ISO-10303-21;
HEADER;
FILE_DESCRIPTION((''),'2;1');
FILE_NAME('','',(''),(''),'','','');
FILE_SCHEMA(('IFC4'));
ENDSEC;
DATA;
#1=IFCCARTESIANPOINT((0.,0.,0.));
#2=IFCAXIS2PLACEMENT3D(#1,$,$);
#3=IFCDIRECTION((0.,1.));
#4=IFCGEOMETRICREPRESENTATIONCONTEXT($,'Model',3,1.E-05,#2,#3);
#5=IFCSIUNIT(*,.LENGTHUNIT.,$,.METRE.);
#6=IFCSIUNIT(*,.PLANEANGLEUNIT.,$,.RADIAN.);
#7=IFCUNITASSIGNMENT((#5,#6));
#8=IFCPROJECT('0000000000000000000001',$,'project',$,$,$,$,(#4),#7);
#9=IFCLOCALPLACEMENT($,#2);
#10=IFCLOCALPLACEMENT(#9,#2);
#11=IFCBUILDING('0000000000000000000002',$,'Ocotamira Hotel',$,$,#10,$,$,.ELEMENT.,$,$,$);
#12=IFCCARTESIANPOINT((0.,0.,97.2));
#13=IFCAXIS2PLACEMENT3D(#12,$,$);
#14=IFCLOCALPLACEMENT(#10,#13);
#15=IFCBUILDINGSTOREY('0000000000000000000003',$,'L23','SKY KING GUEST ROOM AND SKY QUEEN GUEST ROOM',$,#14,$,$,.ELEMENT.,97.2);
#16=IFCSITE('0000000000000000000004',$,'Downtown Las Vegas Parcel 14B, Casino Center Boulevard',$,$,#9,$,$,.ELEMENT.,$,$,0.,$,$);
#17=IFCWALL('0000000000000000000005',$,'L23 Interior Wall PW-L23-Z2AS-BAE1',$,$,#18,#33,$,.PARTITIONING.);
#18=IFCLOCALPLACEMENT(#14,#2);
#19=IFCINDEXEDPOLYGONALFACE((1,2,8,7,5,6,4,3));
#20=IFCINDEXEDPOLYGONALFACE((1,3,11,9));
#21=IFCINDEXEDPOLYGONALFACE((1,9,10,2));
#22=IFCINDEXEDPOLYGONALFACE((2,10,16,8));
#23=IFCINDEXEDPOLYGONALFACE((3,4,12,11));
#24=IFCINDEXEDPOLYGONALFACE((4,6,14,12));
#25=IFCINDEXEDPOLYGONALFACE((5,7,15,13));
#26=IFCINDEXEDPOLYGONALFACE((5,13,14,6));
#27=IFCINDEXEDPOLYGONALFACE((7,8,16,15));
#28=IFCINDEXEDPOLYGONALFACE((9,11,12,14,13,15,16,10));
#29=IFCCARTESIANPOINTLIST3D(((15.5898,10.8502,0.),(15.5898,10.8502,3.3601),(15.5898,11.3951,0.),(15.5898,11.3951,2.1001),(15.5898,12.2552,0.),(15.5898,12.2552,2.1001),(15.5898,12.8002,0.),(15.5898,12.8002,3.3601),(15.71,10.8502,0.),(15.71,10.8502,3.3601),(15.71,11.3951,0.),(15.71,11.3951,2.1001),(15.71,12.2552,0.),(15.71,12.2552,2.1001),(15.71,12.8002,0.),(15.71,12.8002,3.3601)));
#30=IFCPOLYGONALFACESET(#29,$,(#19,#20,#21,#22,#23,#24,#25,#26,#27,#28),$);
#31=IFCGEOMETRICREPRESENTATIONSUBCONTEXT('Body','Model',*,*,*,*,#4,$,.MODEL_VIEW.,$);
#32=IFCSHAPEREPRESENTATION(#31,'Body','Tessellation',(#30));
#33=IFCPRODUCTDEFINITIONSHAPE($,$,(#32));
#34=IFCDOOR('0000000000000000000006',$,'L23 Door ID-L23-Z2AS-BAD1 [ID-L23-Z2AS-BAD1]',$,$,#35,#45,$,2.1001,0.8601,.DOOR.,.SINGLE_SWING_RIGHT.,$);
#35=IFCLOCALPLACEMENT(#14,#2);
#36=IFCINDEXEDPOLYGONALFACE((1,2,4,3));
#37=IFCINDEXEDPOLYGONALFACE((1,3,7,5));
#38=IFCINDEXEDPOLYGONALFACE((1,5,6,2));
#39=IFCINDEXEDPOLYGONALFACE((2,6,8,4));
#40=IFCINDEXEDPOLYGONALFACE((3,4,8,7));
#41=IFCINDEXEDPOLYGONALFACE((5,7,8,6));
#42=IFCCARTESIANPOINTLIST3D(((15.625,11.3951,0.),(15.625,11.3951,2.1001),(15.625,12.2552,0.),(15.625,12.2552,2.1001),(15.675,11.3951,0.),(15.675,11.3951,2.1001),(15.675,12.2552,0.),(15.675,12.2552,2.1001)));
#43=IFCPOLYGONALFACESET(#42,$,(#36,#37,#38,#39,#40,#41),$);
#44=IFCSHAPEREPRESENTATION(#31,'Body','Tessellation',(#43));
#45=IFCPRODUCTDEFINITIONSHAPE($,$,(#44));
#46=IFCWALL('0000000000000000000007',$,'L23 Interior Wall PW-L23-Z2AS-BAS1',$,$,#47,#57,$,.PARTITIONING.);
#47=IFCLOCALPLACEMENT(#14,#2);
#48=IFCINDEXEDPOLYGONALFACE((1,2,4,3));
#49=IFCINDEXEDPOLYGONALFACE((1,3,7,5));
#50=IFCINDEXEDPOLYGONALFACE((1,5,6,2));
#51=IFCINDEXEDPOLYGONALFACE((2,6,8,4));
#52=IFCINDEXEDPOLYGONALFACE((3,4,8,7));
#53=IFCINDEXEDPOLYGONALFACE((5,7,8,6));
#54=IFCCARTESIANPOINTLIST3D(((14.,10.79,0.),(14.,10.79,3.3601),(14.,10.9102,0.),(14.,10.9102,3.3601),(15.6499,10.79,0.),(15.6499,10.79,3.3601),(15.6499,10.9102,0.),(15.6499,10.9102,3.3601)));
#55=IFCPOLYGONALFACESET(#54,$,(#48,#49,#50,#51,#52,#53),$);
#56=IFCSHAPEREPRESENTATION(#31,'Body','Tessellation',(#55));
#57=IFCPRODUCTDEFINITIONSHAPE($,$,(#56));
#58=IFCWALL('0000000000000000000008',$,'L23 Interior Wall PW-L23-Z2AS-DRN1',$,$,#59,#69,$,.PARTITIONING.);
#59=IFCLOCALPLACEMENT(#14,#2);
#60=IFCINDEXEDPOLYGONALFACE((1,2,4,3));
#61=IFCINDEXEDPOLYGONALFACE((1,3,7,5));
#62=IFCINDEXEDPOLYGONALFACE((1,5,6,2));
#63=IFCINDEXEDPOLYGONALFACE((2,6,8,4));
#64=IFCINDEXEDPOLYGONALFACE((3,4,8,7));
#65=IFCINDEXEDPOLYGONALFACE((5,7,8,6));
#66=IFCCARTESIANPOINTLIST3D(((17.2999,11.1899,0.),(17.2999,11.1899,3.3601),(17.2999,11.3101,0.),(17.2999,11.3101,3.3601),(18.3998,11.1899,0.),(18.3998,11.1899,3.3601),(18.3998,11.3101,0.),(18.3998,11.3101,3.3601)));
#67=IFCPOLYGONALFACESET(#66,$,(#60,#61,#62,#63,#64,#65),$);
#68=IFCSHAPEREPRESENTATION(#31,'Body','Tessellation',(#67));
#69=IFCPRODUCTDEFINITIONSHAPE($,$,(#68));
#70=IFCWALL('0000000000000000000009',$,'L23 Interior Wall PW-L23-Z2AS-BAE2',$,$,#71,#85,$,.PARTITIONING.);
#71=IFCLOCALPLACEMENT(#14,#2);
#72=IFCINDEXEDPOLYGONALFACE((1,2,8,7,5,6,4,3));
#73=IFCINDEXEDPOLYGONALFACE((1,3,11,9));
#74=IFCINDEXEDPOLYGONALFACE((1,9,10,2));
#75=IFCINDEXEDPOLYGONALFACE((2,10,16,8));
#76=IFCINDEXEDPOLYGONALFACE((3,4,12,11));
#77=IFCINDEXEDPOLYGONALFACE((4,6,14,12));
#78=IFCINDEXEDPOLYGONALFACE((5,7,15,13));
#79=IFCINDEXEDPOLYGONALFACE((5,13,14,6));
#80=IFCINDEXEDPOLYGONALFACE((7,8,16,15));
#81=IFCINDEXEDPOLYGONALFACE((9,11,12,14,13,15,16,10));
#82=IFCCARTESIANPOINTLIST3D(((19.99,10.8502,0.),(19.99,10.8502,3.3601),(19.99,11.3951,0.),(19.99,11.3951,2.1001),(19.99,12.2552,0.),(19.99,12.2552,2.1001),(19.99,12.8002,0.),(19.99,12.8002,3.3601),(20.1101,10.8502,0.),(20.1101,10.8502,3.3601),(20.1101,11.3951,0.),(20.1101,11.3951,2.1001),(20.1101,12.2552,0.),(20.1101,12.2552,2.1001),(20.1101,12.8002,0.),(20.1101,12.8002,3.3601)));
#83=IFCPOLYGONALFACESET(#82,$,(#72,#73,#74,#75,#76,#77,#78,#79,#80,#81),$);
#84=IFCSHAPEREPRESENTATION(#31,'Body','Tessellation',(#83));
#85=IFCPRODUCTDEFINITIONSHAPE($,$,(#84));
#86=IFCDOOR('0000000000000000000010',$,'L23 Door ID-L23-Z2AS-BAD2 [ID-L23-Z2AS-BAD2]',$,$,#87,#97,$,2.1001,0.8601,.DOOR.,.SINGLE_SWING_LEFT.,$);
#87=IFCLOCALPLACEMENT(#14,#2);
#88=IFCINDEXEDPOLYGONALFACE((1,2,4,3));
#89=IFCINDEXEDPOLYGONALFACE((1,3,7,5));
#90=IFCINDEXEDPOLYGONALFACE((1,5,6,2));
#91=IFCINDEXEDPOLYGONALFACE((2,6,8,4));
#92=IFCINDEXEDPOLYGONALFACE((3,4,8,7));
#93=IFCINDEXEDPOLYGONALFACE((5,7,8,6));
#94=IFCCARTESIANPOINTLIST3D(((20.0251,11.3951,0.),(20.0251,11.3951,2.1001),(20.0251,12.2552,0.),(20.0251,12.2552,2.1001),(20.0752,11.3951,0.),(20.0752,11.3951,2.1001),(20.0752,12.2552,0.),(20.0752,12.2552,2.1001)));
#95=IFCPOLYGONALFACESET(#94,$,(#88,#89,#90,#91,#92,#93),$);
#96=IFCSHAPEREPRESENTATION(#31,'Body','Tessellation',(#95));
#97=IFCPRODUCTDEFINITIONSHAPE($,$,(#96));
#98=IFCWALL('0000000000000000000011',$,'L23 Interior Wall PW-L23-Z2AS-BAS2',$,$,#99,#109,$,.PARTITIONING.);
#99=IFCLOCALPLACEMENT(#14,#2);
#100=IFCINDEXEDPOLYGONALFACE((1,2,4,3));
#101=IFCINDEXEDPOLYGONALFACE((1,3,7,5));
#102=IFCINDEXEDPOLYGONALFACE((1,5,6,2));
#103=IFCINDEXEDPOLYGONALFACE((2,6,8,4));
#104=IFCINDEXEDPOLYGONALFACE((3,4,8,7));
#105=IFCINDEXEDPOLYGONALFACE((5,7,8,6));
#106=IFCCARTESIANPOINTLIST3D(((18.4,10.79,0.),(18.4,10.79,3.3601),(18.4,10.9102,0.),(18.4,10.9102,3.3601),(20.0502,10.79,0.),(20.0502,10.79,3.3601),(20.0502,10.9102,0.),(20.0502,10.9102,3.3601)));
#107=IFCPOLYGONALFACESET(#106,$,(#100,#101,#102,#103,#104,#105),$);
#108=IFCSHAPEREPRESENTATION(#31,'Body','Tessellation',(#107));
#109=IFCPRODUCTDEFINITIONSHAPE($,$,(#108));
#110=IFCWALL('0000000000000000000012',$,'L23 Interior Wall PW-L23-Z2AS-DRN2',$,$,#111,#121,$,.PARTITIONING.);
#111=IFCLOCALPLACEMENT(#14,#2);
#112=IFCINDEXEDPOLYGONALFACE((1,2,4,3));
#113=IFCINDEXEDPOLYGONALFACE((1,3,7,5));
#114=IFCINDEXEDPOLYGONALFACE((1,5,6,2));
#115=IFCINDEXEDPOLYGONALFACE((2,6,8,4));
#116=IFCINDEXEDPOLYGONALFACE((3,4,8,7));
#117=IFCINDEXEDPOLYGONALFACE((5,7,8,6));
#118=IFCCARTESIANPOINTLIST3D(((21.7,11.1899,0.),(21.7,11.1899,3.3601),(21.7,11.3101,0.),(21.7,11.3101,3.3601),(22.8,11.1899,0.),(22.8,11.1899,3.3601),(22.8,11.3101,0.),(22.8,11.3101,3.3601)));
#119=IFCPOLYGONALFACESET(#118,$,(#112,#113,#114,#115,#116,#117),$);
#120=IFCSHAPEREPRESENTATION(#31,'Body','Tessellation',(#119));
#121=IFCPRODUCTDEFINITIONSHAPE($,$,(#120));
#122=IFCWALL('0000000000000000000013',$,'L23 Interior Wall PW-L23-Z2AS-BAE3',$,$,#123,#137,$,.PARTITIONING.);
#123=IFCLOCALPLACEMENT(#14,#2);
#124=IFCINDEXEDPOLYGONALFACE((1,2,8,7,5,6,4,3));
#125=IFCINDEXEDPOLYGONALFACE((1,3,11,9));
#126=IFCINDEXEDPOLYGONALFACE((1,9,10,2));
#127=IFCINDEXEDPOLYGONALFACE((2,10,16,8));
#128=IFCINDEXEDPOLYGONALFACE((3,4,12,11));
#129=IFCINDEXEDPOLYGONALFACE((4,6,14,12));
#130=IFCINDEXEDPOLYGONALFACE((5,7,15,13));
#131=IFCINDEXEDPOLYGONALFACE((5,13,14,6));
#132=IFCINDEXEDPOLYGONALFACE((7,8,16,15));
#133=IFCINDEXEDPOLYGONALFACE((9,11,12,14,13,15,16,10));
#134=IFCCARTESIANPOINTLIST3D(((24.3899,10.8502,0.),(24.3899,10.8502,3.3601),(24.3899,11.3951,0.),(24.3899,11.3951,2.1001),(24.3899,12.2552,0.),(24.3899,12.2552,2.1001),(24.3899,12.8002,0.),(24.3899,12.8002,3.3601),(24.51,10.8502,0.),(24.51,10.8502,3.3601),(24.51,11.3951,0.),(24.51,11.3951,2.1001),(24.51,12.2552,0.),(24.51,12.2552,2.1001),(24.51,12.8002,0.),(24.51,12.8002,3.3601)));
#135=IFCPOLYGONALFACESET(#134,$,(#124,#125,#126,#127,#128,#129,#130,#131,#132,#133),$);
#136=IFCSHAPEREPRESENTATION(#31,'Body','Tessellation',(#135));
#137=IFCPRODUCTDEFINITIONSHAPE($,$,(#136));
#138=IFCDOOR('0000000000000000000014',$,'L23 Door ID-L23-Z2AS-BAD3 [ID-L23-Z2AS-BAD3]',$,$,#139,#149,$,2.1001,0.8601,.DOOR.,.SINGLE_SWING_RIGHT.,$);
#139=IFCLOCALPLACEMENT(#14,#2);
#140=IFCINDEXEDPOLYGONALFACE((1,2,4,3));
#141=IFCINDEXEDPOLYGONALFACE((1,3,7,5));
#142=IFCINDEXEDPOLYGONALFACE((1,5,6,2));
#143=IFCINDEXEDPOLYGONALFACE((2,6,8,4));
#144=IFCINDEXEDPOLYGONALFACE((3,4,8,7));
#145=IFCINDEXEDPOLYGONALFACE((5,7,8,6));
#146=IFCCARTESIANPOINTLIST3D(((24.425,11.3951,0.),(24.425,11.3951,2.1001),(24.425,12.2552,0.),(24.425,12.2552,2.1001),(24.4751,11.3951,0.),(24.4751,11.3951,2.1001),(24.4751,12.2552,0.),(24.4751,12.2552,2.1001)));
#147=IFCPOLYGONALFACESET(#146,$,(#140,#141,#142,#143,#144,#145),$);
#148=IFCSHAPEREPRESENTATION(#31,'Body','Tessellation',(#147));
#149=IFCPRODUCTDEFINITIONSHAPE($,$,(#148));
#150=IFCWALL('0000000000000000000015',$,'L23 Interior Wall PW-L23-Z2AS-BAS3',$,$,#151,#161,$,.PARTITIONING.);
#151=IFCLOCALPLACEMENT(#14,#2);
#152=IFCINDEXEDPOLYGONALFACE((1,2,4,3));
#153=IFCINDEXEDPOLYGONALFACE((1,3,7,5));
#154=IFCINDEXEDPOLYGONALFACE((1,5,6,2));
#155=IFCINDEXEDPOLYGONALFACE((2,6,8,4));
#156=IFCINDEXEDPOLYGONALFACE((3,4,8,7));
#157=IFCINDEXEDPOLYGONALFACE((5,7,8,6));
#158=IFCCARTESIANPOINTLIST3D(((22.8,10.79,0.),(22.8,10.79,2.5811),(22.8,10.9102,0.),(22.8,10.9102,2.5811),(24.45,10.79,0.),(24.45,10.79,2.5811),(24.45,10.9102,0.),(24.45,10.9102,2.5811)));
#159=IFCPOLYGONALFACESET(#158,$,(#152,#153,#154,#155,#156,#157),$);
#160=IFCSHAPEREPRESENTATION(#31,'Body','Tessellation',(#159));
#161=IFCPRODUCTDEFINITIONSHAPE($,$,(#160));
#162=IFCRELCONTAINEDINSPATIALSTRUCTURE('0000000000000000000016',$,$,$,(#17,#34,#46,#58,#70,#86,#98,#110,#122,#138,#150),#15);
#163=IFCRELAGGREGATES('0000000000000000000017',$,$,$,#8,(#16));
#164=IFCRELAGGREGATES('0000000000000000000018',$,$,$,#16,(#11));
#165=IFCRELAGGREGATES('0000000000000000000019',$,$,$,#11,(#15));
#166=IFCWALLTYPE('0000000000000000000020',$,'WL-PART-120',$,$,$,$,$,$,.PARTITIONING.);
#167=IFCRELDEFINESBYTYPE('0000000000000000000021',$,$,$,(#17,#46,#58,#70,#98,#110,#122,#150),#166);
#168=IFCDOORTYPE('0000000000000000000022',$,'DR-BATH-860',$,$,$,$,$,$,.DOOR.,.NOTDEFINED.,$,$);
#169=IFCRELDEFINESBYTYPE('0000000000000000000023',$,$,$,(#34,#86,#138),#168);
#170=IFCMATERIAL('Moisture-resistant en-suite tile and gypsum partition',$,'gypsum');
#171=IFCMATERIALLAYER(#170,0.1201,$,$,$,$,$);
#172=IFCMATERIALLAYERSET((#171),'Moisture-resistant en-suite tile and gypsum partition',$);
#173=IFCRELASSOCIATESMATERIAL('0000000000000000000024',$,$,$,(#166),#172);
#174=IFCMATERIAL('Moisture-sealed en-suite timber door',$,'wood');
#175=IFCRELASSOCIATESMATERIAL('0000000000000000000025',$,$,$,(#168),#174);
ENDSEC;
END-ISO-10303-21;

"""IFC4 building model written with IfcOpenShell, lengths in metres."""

from ifc_helpers import new_model, si_unit, direction, frame, frame_2d, origin, place, context, subcontext, project, spatial, rectangle, extrude, source, transform, mapped, material, layer, layer_set, type_object, element, fill, save


model = new_model("IFC4")

# Units and contexts
model_context = context("Model", 3, precision=1e-05, world=origin(), true_north=direction((0.0, 1.0)))
body_context = subcontext(model_context, "Body", "Model", "MODEL_VIEW")
ifc_project = project(units=[si_unit("LENGTHUNIT", "METRE"), si_unit("PLANEANGLEUNIT", "RADIAN")], contexts=[model_context])

# Site, building, storey
site_placement = place(None, origin())
site = spatial("IfcSite", under=ifc_project, at=site_placement, Name="Downtown Las Vegas Parcel 14B, Casino Center Boulevard", CompositionType="ELEMENT", RefElevation=0.0)
building_placement = place(site_placement, origin())
building = spatial("IfcBuilding", under=site, at=building_placement, Name="Ocotamira Hotel", CompositionType="ELEMENT")
storey_placement = place(building_placement, frame((0.0, 0.0, 97.2)))
storey = spatial("IfcBuildingStorey", under=building, at=storey_placement, Name="L23", Description="SKY KING GUEST ROOM AND SKY QUEEN GUEST ROOM", CompositionType="ELEMENT", Elevation=97.2)

# Wall, opening, door
ifc_material_1 = material(Name="Moisture-resistant en-suite tile and gypsum partition", Category="gypsum")
ifc_layer_1 = layer(ifc_material_1, 0.1201)
ifc_layer_set_1 = layer_set([ifc_layer_1], Name="Moisture-resistant en-suite tile and gypsum partition")
wall_type_1 = type_object("IfcWallType", Name="WL-PART-120", PredefinedType="PARTITIONING", material=ifc_layer_set_1)
wall_1_placement = place(storey_placement, frame((15.6499, 10.8501, 0.0), z_axis=(0.0, 0.0, 1.0), x_axis=(0.0, 1.0, 0.0)))
wall_1 = element("IfcWall", 1, at=wall_1_placement, inside=storey, type_object=wall_type_1, Name="L23 Interior Wall PW-L23-Z2AS-BAE1", PredefinedType="PARTITIONING", context=body_context, shape_type="SweptSolid", body=[
    extrude(rectangle(XDim=1.95, YDim=0.1201, at=frame_2d((0.9751, 0.0))), origin(), (0.0, 0.0, 1.0), 3.3601),
])
opening_1_placement = place(wall_1_placement, frame((0.5449, 0.0, 0.0)))
opening_1 = element("IfcOpeningElement", 2, at=opening_1_placement, cuts=wall_1, PredefinedType="OPENING", context=body_context, shape_type="SweptSolid", body=[
    extrude(rectangle(XDim=0.8601, YDim=2.1001, at=frame_2d((0.4302, 1.05))), frame((0.0, 0.0701, 0.0), z_axis=(0.0, -1.0, 0.0), x_axis=(1.0, 0.0, 0.0)), (0.0, 0.0, 1.0), 0.1401),
])
ifc_material_2 = material(Name="Moisture-sealed en-suite timber door", Category="wood")
door_type_1 = type_object("IfcDoorType", Name="DR-BATH-860", OperationType="NOTDEFINED", PredefinedType="DOOR", material=ifc_material_2)
shared_shape_1 = source(origin(), body_context, "Body", "SweptSolid", [
    extrude(rectangle(XDim=0.8601, YDim=2.1001, at=frame_2d((0.4302, 1.05))), frame((0.0, 0.0249, 0.0), z_axis=(0.0, -1.0, 0.0), x_axis=(1.0, 0.0, 0.0)), (0.0, 0.0, 1.0), 0.05),
])
door_1_placement = place(opening_1_placement, origin())
door_1 = element("IfcDoor", 3, at=door_1_placement, inside=storey, type_object=door_type_1, Name="L23 Door ID-L23-Z2AS-BAD1 [ID-L23-Z2AS-BAD1]", OperationType="SINGLE_SWING_RIGHT", OverallHeight=2.1001, OverallWidth=0.8601, PredefinedType="DOOR", context=body_context, shape_type="MappedRepresentation", body=[
    mapped(shared_shape_1, transform((0.0, 0.0, 0.0), scale=1.0)),
])
fill(opening_1, door_1)

# Walls
wall_2_placement = place(storey_placement, frame((14.0, 10.8501, 0.0), z_axis=(0.0, 0.0, 1.0), x_axis=(1.0, 0.0, 0.0)))
element("IfcWall", 4, at=wall_2_placement, inside=storey, type_object=wall_type_1, Name="L23 Interior Wall PW-L23-Z2AS-BAS1", PredefinedType="PARTITIONING", context=body_context, shape_type="SweptSolid", body=[
    extrude(rectangle(XDim=1.6499, YDim=0.1201, at=frame_2d((0.825, 0.0))), origin(), (0.0, 0.0, 1.0), 3.3601),
])
wall_3_placement = place(storey_placement, frame((17.3, 11.25, 0.0), z_axis=(0.0, 0.0, 1.0), x_axis=(1.0, 0.0, 0.0)))
element("IfcWall", 5, at=wall_3_placement, inside=storey, type_object=wall_type_1, Name="L23 Interior Wall PW-L23-Z2AS-DRN1", PredefinedType="PARTITIONING", context=body_context, shape_type="SweptSolid", body=[
    extrude(rectangle(XDim=1.0999, YDim=0.1201, at=frame_2d((0.5498, 0.0))), origin(), (0.0, 0.0, 1.0), 3.3601),
])

# Wall, opening, door
wall_4_placement = place(storey_placement, frame((20.05, 10.8501, 0.0), z_axis=(0.0, 0.0, 1.0), x_axis=(0.0, 1.0, 0.0)))
wall_4 = element("IfcWall", 6, at=wall_4_placement, inside=storey, type_object=wall_type_1, Name="L23 Interior Wall PW-L23-Z2AS-BAE2", PredefinedType="PARTITIONING", context=body_context, shape_type="SweptSolid", body=[
    extrude(rectangle(XDim=1.95, YDim=0.1201, at=frame_2d((0.9751, 0.0))), origin(), (0.0, 0.0, 1.0), 3.3601),
])
opening_2_placement = place(wall_4_placement, frame((0.5449, 0.0, 0.0)))
opening_2 = element("IfcOpeningElement", 7, at=opening_2_placement, cuts=wall_4, PredefinedType="OPENING", context=body_context, shape_type="SweptSolid", body=[
    extrude(rectangle(XDim=0.8601, YDim=2.1001, at=frame_2d((0.4302, 1.05))), frame((0.0, 0.0701, 0.0), z_axis=(0.0, -1.0, 0.0), x_axis=(1.0, 0.0, 0.0)), (0.0, 0.0, 1.0), 0.1401),
])
door_2_placement = place(opening_2_placement, origin())
door_2 = element("IfcDoor", 8, at=door_2_placement, inside=storey, type_object=door_type_1, Name="L23 Door ID-L23-Z2AS-BAD2 [ID-L23-Z2AS-BAD2]", OperationType="SINGLE_SWING_LEFT", OverallHeight=2.1001, OverallWidth=0.8601, PredefinedType="DOOR", context=body_context, shape_type="MappedRepresentation", body=[
    mapped(shared_shape_1, transform((0.0, 0.0, 0.0), scale=1.0)),
])
fill(opening_2, door_2)

# Walls
wall_5_placement = place(storey_placement, frame((18.3999, 10.8501, 0.0), z_axis=(0.0, 0.0, 1.0), x_axis=(1.0, 0.0, 0.0)))
element("IfcWall", 9, at=wall_5_placement, inside=storey, type_object=wall_type_1, Name="L23 Interior Wall PW-L23-Z2AS-BAS2", PredefinedType="PARTITIONING", context=body_context, shape_type="SweptSolid", body=[
    extrude(rectangle(XDim=1.6501, YDim=0.1201, at=frame_2d((0.8252, 0.0))), origin(), (0.0, 0.0, 1.0), 3.3601),
])
wall_6_placement = place(storey_placement, frame((21.7, 11.25, 0.0), z_axis=(0.0, 0.0, 1.0), x_axis=(1.0, 0.0, 0.0)))
element("IfcWall", 10, at=wall_6_placement, inside=storey, type_object=wall_type_1, Name="L23 Interior Wall PW-L23-Z2AS-DRN2", PredefinedType="PARTITIONING", context=body_context, shape_type="SweptSolid", body=[
    extrude(rectangle(XDim=1.1001, YDim=0.1201, at=frame_2d((0.55, 0.0))), origin(), (0.0, 0.0, 1.0), 3.3601),
])

# Wall, opening, door
wall_7_placement = place(storey_placement, frame((24.45, 10.8501, 0.0), z_axis=(0.0, 0.0, 1.0), x_axis=(0.0, 1.0, 0.0)))
wall_7 = element("IfcWall", 11, at=wall_7_placement, inside=storey, type_object=wall_type_1, Name="L23 Interior Wall PW-L23-Z2AS-BAE3", PredefinedType="PARTITIONING", context=body_context, shape_type="SweptSolid", body=[
    extrude(rectangle(XDim=1.95, YDim=0.1201, at=frame_2d((0.9751, 0.0))), origin(), (0.0, 0.0, 1.0), 3.3601),
])
opening_3_placement = place(wall_7_placement, frame((0.5449, 0.0, 0.0)))
opening_3 = element("IfcOpeningElement", 12, at=opening_3_placement, cuts=wall_7, PredefinedType="OPENING", context=body_context, shape_type="SweptSolid", body=[
    extrude(rectangle(XDim=0.8601, YDim=2.1001, at=frame_2d((0.4302, 1.05))), frame((0.0, 0.0701, 0.0), z_axis=(0.0, -1.0, 0.0), x_axis=(1.0, 0.0, 0.0)), (0.0, 0.0, 1.0), 0.1401),
])
door_3_placement = place(opening_3_placement, origin())
door_3 = element("IfcDoor", 13, at=door_3_placement, inside=storey, type_object=door_type_1, Name="L23 Door ID-L23-Z2AS-BAD3 [ID-L23-Z2AS-BAD3]", OperationType="SINGLE_SWING_RIGHT", OverallHeight=2.1001, OverallWidth=0.8601, PredefinedType="DOOR", context=body_context, shape_type="MappedRepresentation", body=[
    mapped(shared_shape_1, transform((0.0, 0.0, 0.0), scale=1.0)),
])
fill(opening_3, door_3)

# Wall
wall_8_placement = place(storey_placement, frame((22.8, 10.8501, 0.0), z_axis=(0.0, 0.0, 1.0), x_axis=(1.0, 0.0, 0.0)))
element("IfcWall", 14, at=wall_8_placement, inside=storey, type_object=wall_type_1, Name="L23 Interior Wall PW-L23-Z2AS-BAS3", PredefinedType="PARTITIONING", context=body_context, shape_type="SweptSolid", body=[
    extrude(rectangle(XDim=1.6499, YDim=0.1201, at=frame_2d((0.825, 0.0))), origin(), (0.0, 0.0, 1.0), 2.5811),
])

save(model, "model.ifc")
